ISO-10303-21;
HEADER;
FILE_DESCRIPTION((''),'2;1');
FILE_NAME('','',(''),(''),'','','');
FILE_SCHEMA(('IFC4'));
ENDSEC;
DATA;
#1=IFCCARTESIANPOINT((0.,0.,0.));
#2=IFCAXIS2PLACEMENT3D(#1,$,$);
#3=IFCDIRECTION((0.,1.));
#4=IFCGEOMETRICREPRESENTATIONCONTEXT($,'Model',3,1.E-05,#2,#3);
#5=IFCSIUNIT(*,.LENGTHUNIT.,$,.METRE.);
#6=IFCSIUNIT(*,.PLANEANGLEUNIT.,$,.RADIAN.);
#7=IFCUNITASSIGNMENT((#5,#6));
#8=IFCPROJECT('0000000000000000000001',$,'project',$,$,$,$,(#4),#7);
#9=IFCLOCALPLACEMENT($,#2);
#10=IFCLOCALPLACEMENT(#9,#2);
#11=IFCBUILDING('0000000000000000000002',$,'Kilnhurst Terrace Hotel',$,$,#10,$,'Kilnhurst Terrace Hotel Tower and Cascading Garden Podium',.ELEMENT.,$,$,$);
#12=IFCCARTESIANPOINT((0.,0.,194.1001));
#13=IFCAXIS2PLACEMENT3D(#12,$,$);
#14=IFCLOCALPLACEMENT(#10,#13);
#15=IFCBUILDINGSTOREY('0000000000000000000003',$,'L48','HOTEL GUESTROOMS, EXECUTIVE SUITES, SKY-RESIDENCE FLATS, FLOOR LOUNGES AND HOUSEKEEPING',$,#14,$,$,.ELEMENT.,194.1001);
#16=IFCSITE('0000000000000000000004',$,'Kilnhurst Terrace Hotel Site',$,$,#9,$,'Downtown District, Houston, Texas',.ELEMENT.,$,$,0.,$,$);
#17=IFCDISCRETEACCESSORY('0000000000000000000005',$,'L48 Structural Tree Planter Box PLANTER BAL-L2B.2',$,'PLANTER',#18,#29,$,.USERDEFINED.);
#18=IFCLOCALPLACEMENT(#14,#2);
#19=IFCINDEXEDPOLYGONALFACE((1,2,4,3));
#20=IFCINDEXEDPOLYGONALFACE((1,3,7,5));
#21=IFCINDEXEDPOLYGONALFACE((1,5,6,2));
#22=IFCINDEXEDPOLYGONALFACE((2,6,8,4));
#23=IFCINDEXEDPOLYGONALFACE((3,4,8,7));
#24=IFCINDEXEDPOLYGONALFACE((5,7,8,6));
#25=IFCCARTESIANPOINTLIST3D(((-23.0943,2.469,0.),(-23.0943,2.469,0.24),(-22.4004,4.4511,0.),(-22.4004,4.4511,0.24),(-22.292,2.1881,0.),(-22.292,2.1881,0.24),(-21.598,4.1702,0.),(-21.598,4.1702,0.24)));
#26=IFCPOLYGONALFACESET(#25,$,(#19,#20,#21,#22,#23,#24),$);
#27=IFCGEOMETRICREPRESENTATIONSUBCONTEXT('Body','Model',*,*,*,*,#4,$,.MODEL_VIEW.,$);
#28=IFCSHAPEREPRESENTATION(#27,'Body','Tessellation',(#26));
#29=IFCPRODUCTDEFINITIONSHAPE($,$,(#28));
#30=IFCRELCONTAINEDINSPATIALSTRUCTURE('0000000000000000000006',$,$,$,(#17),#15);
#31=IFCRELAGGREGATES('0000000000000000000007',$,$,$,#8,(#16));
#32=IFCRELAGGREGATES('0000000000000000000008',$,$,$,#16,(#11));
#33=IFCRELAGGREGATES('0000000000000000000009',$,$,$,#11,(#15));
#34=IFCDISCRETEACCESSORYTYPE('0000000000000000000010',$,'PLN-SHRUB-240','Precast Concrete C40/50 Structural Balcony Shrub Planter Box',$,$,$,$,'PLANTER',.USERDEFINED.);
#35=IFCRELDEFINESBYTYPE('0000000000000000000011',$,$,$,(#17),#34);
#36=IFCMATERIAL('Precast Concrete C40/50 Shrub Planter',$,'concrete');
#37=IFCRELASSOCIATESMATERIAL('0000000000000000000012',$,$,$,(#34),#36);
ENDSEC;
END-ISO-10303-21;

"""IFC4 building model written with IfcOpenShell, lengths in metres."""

from ifc_helpers import new_model, si_unit, direction, frame, origin, origin_2d, place, context, subcontext, project, spatial, rectangle, extrude, material, type_object, element, save


model = new_model("IFC4")

# Units and contexts
model_context = context("Model", 3, precision=1e-05, world=origin(), true_north=direction((0.0, 1.0)))
body_context = subcontext(model_context, "Body", "Model", "MODEL_VIEW")
ifc_project = project(units=[si_unit("LENGTHUNIT", "METRE"), si_unit("PLANEANGLEUNIT", "RADIAN")], contexts=[model_context])

# Site, building, storey
site_placement = place(None, origin())
site = spatial("IfcSite", under=ifc_project, at=site_placement, Name="Kilnhurst Terrace Hotel Site", LongName="Downtown District, Houston, Texas", CompositionType="ELEMENT", RefElevation=0.0)
building_placement = place(site_placement, origin())
building = spatial("IfcBuilding", under=site, at=building_placement, Name="Kilnhurst Terrace Hotel", LongName="Kilnhurst Terrace Hotel Tower and Cascading Garden Podium", CompositionType="ELEMENT")
storey_placement = place(building_placement, frame((0.0, 0.0, 194.1001)))
storey = spatial("IfcBuildingStorey", under=building, at=storey_placement, Name="L48", Description="HOTEL GUESTROOMS, EXECUTIVE SUITES, SKY-RESIDENCE FLATS, FLOOR LOUNGES AND HOUSEKEEPING", CompositionType="ELEMENT", Elevation=194.1001)

# Discrete accessory
ifc_material_1 = material(Name="Precast Concrete C40/50 Shrub Planter", Category="concrete")
discrete_accessory_type = type_object("IfcDiscreteAccessoryType", Name="PLN-SHRUB-240", Description="Precast Concrete C40/50 Structural Balcony Shrub Planter Box", ElementType="PLANTER", PredefinedType="USERDEFINED", material=ifc_material_1)
discrete_accessory_placement = place(storey_placement, frame((-22.3462, 3.3196, 0.0), z_axis=(0.0, 0.0, 1.0), x_axis=(-0.330432, -0.94383, 0.0)))
element("IfcDiscreteAccessory", 1, at=discrete_accessory_placement, inside=storey, type_object=discrete_accessory_type, Name="L48 Structural Tree Planter Box PLANTER BAL-L2B.2", ObjectType="PLANTER", PredefinedType="USERDEFINED", context=body_context, shape_type="SweptSolid", body=[
    extrude(rectangle(XDim=2.1001, YDim=0.8501, at=origin_2d()), origin(), (0.0, 0.0, 1.0), 0.24),
])

save(model, "model.ifc")
